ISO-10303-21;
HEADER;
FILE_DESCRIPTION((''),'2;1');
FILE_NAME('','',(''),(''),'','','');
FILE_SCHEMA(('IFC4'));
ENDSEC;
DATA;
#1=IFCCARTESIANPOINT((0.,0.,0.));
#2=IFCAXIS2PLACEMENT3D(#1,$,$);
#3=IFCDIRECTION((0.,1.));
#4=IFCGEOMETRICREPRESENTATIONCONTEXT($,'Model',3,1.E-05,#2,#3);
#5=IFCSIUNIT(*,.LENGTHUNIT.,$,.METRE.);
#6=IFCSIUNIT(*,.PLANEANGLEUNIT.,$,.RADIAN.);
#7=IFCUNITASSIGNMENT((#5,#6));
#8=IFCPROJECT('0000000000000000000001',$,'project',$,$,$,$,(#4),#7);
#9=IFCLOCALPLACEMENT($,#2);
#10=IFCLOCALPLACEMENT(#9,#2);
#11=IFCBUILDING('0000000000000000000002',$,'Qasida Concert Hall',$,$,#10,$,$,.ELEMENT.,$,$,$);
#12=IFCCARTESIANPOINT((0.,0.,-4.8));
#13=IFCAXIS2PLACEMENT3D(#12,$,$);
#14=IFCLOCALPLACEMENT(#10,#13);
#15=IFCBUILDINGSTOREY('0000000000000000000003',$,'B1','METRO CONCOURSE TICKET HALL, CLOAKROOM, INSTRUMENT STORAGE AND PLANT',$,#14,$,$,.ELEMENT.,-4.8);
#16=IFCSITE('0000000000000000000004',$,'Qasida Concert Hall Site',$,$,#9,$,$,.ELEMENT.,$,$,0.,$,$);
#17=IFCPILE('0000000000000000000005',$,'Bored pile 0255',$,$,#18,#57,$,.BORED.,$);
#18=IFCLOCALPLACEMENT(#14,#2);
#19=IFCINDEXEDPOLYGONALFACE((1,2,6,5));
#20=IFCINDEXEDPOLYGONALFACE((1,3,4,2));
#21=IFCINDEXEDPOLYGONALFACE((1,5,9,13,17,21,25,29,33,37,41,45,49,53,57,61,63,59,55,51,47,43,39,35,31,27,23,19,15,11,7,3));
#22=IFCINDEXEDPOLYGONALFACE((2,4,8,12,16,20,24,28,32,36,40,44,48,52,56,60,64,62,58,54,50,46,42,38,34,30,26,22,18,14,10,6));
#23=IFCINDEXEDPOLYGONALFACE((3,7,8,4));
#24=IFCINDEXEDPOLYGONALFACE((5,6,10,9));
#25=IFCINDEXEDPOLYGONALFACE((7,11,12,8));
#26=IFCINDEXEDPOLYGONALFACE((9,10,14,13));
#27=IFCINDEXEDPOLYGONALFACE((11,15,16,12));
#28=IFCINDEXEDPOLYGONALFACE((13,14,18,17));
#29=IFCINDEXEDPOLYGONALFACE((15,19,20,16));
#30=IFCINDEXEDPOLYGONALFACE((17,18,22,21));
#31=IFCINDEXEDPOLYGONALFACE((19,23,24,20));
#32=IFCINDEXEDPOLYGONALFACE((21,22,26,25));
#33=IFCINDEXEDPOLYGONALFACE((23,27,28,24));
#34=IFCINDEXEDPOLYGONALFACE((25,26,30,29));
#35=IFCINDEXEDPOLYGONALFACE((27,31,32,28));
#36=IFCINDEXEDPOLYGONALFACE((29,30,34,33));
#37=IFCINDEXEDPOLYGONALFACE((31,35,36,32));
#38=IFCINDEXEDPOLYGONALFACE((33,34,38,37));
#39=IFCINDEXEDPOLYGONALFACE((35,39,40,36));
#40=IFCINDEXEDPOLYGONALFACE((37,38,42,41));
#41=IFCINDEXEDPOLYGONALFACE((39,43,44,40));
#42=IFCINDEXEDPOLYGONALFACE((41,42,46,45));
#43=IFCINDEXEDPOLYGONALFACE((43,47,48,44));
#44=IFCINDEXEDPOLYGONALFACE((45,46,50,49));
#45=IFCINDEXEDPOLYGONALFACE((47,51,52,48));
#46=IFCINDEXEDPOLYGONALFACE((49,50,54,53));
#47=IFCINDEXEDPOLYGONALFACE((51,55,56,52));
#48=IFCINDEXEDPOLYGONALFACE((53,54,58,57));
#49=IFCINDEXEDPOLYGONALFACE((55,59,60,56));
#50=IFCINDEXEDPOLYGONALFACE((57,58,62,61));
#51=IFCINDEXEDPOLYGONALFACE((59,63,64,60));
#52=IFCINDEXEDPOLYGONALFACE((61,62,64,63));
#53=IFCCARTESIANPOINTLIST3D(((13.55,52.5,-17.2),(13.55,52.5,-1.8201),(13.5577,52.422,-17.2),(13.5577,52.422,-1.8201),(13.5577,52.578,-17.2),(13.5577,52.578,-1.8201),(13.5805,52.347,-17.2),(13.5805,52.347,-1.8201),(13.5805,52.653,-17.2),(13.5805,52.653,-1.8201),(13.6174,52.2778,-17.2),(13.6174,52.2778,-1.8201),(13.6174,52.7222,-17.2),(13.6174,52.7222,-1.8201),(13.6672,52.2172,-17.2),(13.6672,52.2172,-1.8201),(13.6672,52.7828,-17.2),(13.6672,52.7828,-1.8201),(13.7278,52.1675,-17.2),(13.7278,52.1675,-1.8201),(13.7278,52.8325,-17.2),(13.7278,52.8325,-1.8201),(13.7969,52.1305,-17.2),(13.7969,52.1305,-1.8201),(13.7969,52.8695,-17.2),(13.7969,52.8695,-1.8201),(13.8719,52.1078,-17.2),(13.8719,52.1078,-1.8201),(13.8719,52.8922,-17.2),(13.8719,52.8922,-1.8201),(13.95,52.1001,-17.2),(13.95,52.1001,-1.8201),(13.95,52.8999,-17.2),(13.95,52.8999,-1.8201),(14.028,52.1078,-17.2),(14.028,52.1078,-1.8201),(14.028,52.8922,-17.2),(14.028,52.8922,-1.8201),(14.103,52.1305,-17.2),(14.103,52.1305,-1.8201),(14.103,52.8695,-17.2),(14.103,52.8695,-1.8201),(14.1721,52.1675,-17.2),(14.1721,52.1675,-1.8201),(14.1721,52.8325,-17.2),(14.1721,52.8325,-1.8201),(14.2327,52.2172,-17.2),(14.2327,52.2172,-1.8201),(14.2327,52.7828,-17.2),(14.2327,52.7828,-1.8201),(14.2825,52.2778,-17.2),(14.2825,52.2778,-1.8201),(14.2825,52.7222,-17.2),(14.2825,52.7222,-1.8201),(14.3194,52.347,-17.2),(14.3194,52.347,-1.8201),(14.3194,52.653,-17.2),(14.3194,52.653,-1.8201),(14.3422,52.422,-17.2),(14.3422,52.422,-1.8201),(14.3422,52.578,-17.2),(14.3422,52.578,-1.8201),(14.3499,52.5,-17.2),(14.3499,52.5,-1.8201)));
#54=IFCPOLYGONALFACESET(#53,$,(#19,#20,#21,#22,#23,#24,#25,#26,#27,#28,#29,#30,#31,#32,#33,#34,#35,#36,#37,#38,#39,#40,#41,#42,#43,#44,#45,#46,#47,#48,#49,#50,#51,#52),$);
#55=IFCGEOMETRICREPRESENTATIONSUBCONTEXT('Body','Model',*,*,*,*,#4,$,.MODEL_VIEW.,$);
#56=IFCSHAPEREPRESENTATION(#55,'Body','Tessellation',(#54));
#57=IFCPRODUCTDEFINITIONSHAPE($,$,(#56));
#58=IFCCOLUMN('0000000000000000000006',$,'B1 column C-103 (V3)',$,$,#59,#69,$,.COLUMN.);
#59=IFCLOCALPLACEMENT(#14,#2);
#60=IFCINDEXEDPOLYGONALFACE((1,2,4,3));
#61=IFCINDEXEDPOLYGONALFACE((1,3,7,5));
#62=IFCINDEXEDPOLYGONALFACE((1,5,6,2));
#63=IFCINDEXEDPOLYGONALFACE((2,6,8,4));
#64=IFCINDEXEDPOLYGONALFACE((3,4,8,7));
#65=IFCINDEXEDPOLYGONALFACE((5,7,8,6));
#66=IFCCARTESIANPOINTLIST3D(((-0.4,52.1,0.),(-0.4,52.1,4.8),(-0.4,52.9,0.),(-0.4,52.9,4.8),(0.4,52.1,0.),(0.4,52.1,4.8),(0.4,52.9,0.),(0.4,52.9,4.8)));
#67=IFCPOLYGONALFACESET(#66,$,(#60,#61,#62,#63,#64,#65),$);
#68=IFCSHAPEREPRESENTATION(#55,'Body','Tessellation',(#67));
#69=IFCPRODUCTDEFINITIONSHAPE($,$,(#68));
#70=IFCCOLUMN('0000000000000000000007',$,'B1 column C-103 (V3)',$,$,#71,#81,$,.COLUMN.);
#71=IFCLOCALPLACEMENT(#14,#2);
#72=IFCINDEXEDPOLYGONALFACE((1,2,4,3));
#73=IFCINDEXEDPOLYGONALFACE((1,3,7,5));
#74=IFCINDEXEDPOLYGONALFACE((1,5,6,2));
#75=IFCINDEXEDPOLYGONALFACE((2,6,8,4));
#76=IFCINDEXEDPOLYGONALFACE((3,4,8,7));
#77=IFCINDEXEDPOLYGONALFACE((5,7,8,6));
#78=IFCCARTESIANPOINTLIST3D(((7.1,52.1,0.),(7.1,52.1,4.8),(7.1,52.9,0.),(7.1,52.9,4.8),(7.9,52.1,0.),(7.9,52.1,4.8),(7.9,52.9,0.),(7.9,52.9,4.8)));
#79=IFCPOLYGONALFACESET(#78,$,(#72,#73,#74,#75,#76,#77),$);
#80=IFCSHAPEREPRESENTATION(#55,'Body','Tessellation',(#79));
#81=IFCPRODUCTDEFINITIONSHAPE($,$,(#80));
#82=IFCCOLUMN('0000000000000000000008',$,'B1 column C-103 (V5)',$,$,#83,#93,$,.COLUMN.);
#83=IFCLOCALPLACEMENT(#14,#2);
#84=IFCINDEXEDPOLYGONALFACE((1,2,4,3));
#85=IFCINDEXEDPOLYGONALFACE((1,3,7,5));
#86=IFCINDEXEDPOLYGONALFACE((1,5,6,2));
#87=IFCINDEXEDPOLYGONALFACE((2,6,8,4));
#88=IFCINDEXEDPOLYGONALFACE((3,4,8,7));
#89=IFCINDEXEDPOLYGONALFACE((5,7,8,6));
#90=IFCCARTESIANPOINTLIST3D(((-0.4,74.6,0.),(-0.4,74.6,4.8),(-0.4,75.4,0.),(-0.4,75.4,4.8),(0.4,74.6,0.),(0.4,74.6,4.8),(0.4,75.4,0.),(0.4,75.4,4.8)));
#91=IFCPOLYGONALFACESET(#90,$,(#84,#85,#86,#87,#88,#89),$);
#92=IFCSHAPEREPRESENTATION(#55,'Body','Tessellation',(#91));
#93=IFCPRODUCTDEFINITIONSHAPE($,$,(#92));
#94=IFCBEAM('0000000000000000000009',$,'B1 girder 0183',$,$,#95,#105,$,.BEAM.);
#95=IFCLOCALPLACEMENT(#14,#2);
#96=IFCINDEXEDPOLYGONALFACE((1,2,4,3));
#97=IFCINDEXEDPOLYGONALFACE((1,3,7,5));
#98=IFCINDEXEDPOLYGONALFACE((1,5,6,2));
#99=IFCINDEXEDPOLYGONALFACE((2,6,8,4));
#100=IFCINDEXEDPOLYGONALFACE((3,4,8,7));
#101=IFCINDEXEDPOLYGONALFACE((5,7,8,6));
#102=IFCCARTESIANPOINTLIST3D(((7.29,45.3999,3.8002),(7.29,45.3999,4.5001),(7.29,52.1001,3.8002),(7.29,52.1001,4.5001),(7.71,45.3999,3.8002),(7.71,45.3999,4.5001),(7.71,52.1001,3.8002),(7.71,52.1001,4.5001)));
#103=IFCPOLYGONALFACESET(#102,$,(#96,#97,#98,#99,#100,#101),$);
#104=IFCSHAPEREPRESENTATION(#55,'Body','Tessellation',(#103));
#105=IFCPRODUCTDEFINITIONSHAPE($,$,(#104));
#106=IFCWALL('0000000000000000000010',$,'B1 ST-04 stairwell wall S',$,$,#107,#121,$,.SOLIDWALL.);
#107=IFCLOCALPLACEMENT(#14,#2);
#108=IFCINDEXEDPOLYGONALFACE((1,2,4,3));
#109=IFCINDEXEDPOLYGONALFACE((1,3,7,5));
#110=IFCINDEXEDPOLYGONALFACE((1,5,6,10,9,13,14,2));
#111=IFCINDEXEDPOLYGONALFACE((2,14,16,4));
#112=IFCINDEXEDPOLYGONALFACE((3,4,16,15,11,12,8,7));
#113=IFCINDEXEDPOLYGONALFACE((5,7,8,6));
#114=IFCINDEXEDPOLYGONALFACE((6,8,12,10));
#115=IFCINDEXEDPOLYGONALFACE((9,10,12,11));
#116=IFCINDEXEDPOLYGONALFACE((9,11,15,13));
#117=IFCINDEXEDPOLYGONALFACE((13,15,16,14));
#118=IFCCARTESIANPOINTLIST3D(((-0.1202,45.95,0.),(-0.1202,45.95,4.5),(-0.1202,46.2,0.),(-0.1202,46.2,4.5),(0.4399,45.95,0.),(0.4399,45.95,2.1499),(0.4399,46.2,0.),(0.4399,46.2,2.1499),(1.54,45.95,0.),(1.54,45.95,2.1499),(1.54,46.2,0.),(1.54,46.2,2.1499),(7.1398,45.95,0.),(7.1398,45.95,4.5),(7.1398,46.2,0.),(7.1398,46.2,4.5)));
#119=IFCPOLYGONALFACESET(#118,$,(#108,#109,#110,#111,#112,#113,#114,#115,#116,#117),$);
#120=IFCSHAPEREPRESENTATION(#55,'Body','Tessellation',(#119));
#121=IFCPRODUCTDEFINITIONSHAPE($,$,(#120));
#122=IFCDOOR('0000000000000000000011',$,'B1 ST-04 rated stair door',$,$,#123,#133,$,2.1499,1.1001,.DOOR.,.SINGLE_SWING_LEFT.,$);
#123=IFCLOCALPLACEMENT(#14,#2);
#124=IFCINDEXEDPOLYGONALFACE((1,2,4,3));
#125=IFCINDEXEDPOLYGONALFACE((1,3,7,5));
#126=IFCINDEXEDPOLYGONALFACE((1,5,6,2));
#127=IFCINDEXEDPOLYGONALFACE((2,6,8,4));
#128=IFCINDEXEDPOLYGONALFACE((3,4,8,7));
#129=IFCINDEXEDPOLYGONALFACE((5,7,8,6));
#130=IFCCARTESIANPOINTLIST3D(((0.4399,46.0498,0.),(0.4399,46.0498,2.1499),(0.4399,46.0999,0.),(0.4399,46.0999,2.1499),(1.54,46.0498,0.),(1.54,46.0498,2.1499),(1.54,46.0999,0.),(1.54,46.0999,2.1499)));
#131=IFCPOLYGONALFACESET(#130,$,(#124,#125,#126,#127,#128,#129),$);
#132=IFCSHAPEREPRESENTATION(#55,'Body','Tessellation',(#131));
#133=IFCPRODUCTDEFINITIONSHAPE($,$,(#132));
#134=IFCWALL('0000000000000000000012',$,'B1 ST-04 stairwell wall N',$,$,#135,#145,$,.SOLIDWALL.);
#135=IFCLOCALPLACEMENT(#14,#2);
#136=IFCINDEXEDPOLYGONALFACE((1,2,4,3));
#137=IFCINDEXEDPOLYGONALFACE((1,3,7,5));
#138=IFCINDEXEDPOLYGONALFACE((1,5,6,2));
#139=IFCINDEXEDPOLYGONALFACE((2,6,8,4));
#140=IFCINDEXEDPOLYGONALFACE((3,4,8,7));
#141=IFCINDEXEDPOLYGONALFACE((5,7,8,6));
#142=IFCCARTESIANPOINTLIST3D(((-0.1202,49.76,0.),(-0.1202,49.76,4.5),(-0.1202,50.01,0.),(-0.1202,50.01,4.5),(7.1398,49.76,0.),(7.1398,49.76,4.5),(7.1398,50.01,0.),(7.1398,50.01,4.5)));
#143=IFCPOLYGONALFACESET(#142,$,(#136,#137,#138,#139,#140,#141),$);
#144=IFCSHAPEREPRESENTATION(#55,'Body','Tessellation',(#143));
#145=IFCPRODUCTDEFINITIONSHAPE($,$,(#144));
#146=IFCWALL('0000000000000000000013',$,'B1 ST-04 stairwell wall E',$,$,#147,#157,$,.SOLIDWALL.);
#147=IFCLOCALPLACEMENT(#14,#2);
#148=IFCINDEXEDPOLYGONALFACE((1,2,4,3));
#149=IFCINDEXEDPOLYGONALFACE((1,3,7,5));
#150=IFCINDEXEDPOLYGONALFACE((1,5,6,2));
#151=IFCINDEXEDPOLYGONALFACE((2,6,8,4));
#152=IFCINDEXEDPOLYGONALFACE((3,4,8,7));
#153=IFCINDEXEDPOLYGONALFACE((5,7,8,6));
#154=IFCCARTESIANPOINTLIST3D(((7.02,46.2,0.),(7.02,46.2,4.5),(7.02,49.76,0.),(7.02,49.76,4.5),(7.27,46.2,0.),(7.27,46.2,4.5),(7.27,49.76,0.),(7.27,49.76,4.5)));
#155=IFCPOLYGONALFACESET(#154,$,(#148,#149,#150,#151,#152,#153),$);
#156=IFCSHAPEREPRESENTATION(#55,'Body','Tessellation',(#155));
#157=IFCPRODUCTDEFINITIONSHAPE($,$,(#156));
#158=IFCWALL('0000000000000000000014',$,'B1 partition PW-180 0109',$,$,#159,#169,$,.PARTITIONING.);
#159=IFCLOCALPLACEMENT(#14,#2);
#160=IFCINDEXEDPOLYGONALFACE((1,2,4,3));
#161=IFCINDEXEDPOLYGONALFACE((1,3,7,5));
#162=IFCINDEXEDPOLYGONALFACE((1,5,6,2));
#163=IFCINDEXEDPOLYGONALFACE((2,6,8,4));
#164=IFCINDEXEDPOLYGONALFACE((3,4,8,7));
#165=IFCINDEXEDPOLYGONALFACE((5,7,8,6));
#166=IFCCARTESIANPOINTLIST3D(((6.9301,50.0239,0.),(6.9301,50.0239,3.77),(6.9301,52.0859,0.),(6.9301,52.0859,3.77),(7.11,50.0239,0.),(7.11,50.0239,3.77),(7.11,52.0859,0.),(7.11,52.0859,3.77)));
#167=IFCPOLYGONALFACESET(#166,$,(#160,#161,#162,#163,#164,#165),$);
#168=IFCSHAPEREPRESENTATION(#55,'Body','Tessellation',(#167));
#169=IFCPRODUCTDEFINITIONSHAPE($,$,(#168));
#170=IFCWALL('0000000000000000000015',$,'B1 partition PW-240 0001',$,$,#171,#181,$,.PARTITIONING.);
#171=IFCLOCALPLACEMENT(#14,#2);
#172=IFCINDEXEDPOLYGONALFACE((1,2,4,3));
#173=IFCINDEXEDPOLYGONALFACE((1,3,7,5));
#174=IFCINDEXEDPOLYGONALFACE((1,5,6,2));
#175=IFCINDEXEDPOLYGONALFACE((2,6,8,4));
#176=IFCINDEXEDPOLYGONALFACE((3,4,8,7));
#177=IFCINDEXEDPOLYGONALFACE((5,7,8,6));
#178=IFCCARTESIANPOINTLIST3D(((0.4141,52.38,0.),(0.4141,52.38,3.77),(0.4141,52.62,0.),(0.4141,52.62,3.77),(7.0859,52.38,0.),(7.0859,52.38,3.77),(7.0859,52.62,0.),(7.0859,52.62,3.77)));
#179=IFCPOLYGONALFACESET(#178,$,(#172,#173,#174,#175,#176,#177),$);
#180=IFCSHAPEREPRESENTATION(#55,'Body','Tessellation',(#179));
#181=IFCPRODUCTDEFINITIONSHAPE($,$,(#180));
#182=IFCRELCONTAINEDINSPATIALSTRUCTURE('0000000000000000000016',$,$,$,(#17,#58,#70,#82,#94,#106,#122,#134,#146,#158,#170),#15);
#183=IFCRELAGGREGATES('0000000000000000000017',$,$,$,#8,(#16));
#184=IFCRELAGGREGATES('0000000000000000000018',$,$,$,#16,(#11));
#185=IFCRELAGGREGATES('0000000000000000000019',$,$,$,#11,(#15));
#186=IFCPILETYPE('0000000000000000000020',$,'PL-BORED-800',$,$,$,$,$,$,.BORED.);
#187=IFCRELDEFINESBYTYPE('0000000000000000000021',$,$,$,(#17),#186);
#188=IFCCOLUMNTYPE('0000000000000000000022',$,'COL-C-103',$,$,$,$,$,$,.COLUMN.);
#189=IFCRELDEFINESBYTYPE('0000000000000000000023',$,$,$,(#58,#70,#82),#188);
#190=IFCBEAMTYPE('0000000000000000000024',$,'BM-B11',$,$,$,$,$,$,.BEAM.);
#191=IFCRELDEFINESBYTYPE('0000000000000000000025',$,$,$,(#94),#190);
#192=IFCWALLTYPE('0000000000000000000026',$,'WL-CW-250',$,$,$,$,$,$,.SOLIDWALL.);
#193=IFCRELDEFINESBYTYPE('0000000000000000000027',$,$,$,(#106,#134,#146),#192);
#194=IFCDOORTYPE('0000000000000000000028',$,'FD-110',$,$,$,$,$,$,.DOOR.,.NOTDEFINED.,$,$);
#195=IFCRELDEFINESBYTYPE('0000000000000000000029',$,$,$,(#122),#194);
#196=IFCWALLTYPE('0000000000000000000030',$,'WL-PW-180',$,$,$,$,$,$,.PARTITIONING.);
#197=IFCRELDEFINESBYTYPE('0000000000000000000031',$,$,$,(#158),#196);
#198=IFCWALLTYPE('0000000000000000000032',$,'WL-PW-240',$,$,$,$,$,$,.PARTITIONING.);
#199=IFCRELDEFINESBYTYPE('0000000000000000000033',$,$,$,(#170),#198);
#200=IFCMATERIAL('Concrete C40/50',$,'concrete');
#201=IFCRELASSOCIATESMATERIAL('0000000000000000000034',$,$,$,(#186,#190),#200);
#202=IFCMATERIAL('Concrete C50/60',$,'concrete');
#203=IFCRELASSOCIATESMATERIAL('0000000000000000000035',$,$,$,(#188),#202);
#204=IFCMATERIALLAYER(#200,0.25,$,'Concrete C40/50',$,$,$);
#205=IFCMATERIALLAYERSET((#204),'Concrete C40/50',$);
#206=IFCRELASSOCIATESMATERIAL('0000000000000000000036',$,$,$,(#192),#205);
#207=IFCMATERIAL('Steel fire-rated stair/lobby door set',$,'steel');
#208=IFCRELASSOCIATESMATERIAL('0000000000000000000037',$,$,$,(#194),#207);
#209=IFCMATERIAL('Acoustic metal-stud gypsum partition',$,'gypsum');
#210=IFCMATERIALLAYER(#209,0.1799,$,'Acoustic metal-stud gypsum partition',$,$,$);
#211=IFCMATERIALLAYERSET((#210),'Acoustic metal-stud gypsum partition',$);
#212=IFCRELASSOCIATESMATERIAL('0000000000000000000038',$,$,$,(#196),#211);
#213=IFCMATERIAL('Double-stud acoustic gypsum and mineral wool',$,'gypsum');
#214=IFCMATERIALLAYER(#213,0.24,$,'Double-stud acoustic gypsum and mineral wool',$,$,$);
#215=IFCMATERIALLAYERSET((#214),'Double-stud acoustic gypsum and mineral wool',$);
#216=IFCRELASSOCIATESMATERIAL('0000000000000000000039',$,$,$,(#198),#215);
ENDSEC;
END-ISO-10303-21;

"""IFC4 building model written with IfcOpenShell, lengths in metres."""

from ifc_helpers import new_model, si_unit, direction, frame, frame_2d, origin, origin_2d, place, context, subcontext, project, spatial, rectangle, circle, extrude, material, layer, layer_set, material_profile, profile_set, type_object, element, fill, save


model = new_model("IFC4")

# Units and contexts
model_context = context("Model", 3, precision=1e-05, world=origin(), true_north=direction((0.0, 1.0)))
body_context = subcontext(model_context, "Body", "Model", "MODEL_VIEW")
ifc_project = project(units=[si_unit("LENGTHUNIT", "METRE"), si_unit("PLANEANGLEUNIT", "RADIAN")], contexts=[model_context])

# Site, building, storey
site_placement = place(None, origin())
site = spatial("IfcSite", under=ifc_project, at=site_placement, Name="Qasida Concert Hall Site", CompositionType="ELEMENT", RefElevation=0.0)
building_placement = place(site_placement, origin())
building = spatial("IfcBuilding", under=site, at=building_placement, Name="Qasida Concert Hall", CompositionType="ELEMENT")
storey_placement = place(building_placement, frame((0.0, 0.0, -4.8)))
storey = spatial("IfcBuildingStorey", under=building, at=storey_placement, Name="B1", Description="METRO CONCOURSE TICKET HALL, CLOAKROOM, INSTRUMENT STORAGE AND PLANT", CompositionType="ELEMENT", Elevation=-4.8)

# Shared definitions
ifc_material_1 = material(Name="Concrete C40/50", Category="concrete")

# Pile
ifc_material_profile_1 = material_profile(ifc_material_1, circle(Radius=0.3999, at=origin_2d()), Name="BORED PILE D800")
ifc_profile_set_1 = profile_set([ifc_material_profile_1], Name="Concrete C40/50")
pile_type_1 = type_object("IfcPileType", Name="PL-BORED-800", PredefinedType="BORED", material=ifc_profile_set_1)
pile_placement = place(storey_placement, frame((13.95, 52.5, -1.8201), z_axis=(0.0, 0.0, -1.0), x_axis=(1.0, 0.0, 0.0)))
element("IfcPile", 1, at=pile_placement, inside=storey, type_object=pile_type_1, Name="Bored pile 0255", PredefinedType="BORED", context=body_context, shape_type="SweptSolid", body=[
    extrude(circle(Radius=0.3999, at=origin_2d()), origin(), (0.0, 0.0, 1.0), 15.3799),
])

# Columns
ifc_material_2 = material(Name="Concrete C50/60", Category="concrete")
ifc_material_profile_2 = material_profile(ifc_material_2, rectangle(XDim=0.8, YDim=0.8, at=origin_2d()), Name="RC 800x800")
ifc_profile_set_2 = profile_set([ifc_material_profile_2], Name="Concrete C50/60")
column_type = type_object("IfcColumnType", Name="COL-C-103", PredefinedType="COLUMN", material=ifc_profile_set_2)
for number, where, z_axis, x_axis, name in (
    (2, (0.0, 52.5, 0.0), (0.0, 0.0, 1.0), (1.0, 0.0, 0.0), "B1 column C-103 (V3)"),
    (3, (7.5, 52.5, 0.0), (0.0, 0.0, 1.0), (1.0, 0.0, 0.0), "B1 column C-103 (V3)"),
    (4, (0.0, 75.0, 0.0), (0.0, 0.0, 1.0), (1.0, 0.0, 0.0), "B1 column C-103 (V5)"),
):
    element("IfcColumn", number, at=place(storey_placement, frame(where, z_axis=z_axis, x_axis=x_axis)), inside=storey, type_object=column_type, Name=name, PredefinedType="COLUMN", context=body_context, shape_type="SweptSolid", body=[
        extrude(rectangle(XDim=0.8, YDim=0.8, at=origin_2d()), origin(), (0.0, 0.0, 1.0), 4.8),
    ])

# Beam
ifc_material_profile_3 = material_profile(ifc_material_1, rectangle(XDim=0.4199, YDim=0.7, at=origin_2d()), Name="RC 420x700")
ifc_profile_set_3 = profile_set([ifc_material_profile_3], Name="Concrete C40/50")
beam_type = type_object("IfcBeamType", Name="BM-B11", PredefinedType="BEAM", material=ifc_profile_set_3)
beam_placement = place(storey_placement, frame((7.5, 45.3999, 4.1501), z_axis=(0.0, 1.0, 0.0), x_axis=(-1.0, 0.0, 0.0)))
element("IfcBeam", 5, at=beam_placement, inside=storey, type_object=beam_type, Name="B1 girder 0183", PredefinedType="BEAM", context=body_context, shape_type="SweptSolid", body=[
    extrude(rectangle(XDim=0.4199, YDim=0.7, at=origin_2d()), origin(), (0.0, 0.0, 1.0), 6.7002),
])

# Wall, opening, door
ifc_layer_1 = layer(ifc_material_1, 0.25, Name="Concrete C40/50")
ifc_layer_set_1 = layer_set([ifc_layer_1], Name="Concrete C40/50")
wall_type_1 = type_object("IfcWallType", Name="WL-CW-250", PredefinedType="SOLIDWALL", material=ifc_layer_set_1)
wall_1_placement = place(storey_placement, frame((-0.1201, 46.075, 0.0), z_axis=(0.0, 0.0, 1.0), x_axis=(1.0, 0.0, 0.0)))
wall_1 = element("IfcWall", 6, at=wall_1_placement, inside=storey, type_object=wall_type_1, Name="B1 ST-04 stairwell wall S", PredefinedType="SOLIDWALL", context=body_context, shape_type="SweptSolid", body=[
    extrude(rectangle(XDim=7.26, YDim=0.25, at=frame_2d((3.6299, 0.0))), origin(), (0.0, 0.0, 1.0), 4.5),
])
opening_placement = place(wall_1_placement, frame((0.5601, 0.0, 0.0)))
opening = element("IfcOpeningElement", 7, at=opening_placement, cuts=wall_1, PredefinedType="OPENING", context=body_context, shape_type="SweptSolid", body=[
    extrude(rectangle(XDim=1.1001, YDim=2.1499, at=frame_2d((0.55, 1.075))), frame((0.0, 0.135, 0.0), z_axis=(0.0, -1.0, 0.0), x_axis=(1.0, 0.0, 0.0)), (0.0, 0.0, 1.0), 0.27),
])
ifc_material_3 = material(Name="Steel fire-rated stair/lobby door set", Category="steel")
door_type = type_object("IfcDoorType", Name="FD-110", OperationType="NOTDEFINED", PredefinedType="DOOR", material=ifc_material_3)
door_placement = place(opening_placement, origin())
door = element("IfcDoor", 8, at=door_placement, inside=storey, type_object=door_type, Name="B1 ST-04 rated stair door", OperationType="SINGLE_SWING_LEFT", OverallHeight=2.1499, OverallWidth=1.1001, PredefinedType="DOOR", context=body_context, shape_type="SweptSolid", body=[
    extrude(rectangle(XDim=1.1001, YDim=2.1499, at=frame_2d((0.55, 1.075))), frame((0.0, 0.0249, 0.0), z_axis=(0.0, -1.0, 0.0), x_axis=(1.0, 0.0, 0.0)), (0.0, 0.0, 1.0), 0.05),
])
fill(opening, door)

# Walls
wall_2_placement = place(storey_placement, frame((-0.1201, 49.885, 0.0), z_axis=(0.0, 0.0, 1.0), x_axis=(1.0, 0.0, 0.0)))
element("IfcWall", 9, at=wall_2_placement, inside=storey, type_object=wall_type_1, Name="B1 ST-04 stairwell wall N", PredefinedType="SOLIDWALL", context=body_context, shape_type="SweptSolid", body=[
    extrude(rectangle(XDim=7.26, YDim=0.25, at=frame_2d((3.6299, 0.0))), origin(), (0.0, 0.0, 1.0), 4.5),
])
wall_3_placement = place(storey_placement, frame((7.145, 46.2, 0.0), z_axis=(0.0, 0.0, 1.0), x_axis=(0.0, 1.0, 0.0)))
element("IfcWall", 10, at=wall_3_placement, inside=storey, type_object=wall_type_1, Name="B1 ST-04 stairwell wall E", PredefinedType="SOLIDWALL", context=body_context, shape_type="SweptSolid", body=[
    extrude(rectangle(XDim=3.5601, YDim=0.25, at=frame_2d((1.78, 0.0))), origin(), (0.0, 0.0, 1.0), 4.5),
])
ifc_material_4 = material(Name="Acoustic metal-stud gypsum partition", Category="gypsum")
ifc_layer_2 = layer(ifc_material_4, 0.1799, Name="Acoustic metal-stud gypsum partition")
ifc_layer_set_2 = layer_set([ifc_layer_2], Name="Acoustic metal-stud gypsum partition")
wall_type_2 = type_object("IfcWallType", Name="WL-PW-180", PredefinedType="PARTITIONING", material=ifc_layer_set_2)
wall_4_placement = place(storey_placement, frame((7.02, 50.0239, 0.0), z_axis=(0.0, 0.0, 1.0), x_axis=(0.0, 1.0, 0.0)))
element("IfcWall", 11, at=wall_4_placement, inside=storey, type_object=wall_type_2, Name="B1 partition PW-180 0109", PredefinedType="PARTITIONING", context=body_context, shape_type="SweptSolid", body=[
    extrude(rectangle(XDim=2.062, YDim=0.1799, at=frame_2d((1.031, 0.0))), origin(), (0.0, 0.0, 1.0), 3.77),
])
ifc_material_5 = material(Name="Double-stud acoustic gypsum and mineral wool", Category="gypsum")
ifc_layer_3 = layer(ifc_material_5, 0.24, Name="Double-stud acoustic gypsum and mineral wool")
ifc_layer_set_3 = layer_set([ifc_layer_3], Name="Double-stud acoustic gypsum and mineral wool")
wall_type_3 = type_object("IfcWallType", Name="WL-PW-240", PredefinedType="PARTITIONING", material=ifc_layer_set_3)
for number, where, z_axis, x_axis, name in (
    (12, (0.4141, 52.5, 0.0), (0.0, 0.0, 1.0), (1.0, 0.0, 0.0), "B1 partition PW-240 0001"),
):
    element("IfcWall", number, at=place(storey_placement, frame(where, z_axis=z_axis, x_axis=x_axis)), inside=storey, type_object=wall_type_3, Name=name, PredefinedType="PARTITIONING", context=body_context, shape_type="SweptSolid", body=[
        extrude(rectangle(XDim=6.6719, YDim=0.24, at=frame_2d((3.3359, 0.0))), origin(), (0.0, 0.0, 1.0), 3.77),
    ])

save(model, "model.ifc")
